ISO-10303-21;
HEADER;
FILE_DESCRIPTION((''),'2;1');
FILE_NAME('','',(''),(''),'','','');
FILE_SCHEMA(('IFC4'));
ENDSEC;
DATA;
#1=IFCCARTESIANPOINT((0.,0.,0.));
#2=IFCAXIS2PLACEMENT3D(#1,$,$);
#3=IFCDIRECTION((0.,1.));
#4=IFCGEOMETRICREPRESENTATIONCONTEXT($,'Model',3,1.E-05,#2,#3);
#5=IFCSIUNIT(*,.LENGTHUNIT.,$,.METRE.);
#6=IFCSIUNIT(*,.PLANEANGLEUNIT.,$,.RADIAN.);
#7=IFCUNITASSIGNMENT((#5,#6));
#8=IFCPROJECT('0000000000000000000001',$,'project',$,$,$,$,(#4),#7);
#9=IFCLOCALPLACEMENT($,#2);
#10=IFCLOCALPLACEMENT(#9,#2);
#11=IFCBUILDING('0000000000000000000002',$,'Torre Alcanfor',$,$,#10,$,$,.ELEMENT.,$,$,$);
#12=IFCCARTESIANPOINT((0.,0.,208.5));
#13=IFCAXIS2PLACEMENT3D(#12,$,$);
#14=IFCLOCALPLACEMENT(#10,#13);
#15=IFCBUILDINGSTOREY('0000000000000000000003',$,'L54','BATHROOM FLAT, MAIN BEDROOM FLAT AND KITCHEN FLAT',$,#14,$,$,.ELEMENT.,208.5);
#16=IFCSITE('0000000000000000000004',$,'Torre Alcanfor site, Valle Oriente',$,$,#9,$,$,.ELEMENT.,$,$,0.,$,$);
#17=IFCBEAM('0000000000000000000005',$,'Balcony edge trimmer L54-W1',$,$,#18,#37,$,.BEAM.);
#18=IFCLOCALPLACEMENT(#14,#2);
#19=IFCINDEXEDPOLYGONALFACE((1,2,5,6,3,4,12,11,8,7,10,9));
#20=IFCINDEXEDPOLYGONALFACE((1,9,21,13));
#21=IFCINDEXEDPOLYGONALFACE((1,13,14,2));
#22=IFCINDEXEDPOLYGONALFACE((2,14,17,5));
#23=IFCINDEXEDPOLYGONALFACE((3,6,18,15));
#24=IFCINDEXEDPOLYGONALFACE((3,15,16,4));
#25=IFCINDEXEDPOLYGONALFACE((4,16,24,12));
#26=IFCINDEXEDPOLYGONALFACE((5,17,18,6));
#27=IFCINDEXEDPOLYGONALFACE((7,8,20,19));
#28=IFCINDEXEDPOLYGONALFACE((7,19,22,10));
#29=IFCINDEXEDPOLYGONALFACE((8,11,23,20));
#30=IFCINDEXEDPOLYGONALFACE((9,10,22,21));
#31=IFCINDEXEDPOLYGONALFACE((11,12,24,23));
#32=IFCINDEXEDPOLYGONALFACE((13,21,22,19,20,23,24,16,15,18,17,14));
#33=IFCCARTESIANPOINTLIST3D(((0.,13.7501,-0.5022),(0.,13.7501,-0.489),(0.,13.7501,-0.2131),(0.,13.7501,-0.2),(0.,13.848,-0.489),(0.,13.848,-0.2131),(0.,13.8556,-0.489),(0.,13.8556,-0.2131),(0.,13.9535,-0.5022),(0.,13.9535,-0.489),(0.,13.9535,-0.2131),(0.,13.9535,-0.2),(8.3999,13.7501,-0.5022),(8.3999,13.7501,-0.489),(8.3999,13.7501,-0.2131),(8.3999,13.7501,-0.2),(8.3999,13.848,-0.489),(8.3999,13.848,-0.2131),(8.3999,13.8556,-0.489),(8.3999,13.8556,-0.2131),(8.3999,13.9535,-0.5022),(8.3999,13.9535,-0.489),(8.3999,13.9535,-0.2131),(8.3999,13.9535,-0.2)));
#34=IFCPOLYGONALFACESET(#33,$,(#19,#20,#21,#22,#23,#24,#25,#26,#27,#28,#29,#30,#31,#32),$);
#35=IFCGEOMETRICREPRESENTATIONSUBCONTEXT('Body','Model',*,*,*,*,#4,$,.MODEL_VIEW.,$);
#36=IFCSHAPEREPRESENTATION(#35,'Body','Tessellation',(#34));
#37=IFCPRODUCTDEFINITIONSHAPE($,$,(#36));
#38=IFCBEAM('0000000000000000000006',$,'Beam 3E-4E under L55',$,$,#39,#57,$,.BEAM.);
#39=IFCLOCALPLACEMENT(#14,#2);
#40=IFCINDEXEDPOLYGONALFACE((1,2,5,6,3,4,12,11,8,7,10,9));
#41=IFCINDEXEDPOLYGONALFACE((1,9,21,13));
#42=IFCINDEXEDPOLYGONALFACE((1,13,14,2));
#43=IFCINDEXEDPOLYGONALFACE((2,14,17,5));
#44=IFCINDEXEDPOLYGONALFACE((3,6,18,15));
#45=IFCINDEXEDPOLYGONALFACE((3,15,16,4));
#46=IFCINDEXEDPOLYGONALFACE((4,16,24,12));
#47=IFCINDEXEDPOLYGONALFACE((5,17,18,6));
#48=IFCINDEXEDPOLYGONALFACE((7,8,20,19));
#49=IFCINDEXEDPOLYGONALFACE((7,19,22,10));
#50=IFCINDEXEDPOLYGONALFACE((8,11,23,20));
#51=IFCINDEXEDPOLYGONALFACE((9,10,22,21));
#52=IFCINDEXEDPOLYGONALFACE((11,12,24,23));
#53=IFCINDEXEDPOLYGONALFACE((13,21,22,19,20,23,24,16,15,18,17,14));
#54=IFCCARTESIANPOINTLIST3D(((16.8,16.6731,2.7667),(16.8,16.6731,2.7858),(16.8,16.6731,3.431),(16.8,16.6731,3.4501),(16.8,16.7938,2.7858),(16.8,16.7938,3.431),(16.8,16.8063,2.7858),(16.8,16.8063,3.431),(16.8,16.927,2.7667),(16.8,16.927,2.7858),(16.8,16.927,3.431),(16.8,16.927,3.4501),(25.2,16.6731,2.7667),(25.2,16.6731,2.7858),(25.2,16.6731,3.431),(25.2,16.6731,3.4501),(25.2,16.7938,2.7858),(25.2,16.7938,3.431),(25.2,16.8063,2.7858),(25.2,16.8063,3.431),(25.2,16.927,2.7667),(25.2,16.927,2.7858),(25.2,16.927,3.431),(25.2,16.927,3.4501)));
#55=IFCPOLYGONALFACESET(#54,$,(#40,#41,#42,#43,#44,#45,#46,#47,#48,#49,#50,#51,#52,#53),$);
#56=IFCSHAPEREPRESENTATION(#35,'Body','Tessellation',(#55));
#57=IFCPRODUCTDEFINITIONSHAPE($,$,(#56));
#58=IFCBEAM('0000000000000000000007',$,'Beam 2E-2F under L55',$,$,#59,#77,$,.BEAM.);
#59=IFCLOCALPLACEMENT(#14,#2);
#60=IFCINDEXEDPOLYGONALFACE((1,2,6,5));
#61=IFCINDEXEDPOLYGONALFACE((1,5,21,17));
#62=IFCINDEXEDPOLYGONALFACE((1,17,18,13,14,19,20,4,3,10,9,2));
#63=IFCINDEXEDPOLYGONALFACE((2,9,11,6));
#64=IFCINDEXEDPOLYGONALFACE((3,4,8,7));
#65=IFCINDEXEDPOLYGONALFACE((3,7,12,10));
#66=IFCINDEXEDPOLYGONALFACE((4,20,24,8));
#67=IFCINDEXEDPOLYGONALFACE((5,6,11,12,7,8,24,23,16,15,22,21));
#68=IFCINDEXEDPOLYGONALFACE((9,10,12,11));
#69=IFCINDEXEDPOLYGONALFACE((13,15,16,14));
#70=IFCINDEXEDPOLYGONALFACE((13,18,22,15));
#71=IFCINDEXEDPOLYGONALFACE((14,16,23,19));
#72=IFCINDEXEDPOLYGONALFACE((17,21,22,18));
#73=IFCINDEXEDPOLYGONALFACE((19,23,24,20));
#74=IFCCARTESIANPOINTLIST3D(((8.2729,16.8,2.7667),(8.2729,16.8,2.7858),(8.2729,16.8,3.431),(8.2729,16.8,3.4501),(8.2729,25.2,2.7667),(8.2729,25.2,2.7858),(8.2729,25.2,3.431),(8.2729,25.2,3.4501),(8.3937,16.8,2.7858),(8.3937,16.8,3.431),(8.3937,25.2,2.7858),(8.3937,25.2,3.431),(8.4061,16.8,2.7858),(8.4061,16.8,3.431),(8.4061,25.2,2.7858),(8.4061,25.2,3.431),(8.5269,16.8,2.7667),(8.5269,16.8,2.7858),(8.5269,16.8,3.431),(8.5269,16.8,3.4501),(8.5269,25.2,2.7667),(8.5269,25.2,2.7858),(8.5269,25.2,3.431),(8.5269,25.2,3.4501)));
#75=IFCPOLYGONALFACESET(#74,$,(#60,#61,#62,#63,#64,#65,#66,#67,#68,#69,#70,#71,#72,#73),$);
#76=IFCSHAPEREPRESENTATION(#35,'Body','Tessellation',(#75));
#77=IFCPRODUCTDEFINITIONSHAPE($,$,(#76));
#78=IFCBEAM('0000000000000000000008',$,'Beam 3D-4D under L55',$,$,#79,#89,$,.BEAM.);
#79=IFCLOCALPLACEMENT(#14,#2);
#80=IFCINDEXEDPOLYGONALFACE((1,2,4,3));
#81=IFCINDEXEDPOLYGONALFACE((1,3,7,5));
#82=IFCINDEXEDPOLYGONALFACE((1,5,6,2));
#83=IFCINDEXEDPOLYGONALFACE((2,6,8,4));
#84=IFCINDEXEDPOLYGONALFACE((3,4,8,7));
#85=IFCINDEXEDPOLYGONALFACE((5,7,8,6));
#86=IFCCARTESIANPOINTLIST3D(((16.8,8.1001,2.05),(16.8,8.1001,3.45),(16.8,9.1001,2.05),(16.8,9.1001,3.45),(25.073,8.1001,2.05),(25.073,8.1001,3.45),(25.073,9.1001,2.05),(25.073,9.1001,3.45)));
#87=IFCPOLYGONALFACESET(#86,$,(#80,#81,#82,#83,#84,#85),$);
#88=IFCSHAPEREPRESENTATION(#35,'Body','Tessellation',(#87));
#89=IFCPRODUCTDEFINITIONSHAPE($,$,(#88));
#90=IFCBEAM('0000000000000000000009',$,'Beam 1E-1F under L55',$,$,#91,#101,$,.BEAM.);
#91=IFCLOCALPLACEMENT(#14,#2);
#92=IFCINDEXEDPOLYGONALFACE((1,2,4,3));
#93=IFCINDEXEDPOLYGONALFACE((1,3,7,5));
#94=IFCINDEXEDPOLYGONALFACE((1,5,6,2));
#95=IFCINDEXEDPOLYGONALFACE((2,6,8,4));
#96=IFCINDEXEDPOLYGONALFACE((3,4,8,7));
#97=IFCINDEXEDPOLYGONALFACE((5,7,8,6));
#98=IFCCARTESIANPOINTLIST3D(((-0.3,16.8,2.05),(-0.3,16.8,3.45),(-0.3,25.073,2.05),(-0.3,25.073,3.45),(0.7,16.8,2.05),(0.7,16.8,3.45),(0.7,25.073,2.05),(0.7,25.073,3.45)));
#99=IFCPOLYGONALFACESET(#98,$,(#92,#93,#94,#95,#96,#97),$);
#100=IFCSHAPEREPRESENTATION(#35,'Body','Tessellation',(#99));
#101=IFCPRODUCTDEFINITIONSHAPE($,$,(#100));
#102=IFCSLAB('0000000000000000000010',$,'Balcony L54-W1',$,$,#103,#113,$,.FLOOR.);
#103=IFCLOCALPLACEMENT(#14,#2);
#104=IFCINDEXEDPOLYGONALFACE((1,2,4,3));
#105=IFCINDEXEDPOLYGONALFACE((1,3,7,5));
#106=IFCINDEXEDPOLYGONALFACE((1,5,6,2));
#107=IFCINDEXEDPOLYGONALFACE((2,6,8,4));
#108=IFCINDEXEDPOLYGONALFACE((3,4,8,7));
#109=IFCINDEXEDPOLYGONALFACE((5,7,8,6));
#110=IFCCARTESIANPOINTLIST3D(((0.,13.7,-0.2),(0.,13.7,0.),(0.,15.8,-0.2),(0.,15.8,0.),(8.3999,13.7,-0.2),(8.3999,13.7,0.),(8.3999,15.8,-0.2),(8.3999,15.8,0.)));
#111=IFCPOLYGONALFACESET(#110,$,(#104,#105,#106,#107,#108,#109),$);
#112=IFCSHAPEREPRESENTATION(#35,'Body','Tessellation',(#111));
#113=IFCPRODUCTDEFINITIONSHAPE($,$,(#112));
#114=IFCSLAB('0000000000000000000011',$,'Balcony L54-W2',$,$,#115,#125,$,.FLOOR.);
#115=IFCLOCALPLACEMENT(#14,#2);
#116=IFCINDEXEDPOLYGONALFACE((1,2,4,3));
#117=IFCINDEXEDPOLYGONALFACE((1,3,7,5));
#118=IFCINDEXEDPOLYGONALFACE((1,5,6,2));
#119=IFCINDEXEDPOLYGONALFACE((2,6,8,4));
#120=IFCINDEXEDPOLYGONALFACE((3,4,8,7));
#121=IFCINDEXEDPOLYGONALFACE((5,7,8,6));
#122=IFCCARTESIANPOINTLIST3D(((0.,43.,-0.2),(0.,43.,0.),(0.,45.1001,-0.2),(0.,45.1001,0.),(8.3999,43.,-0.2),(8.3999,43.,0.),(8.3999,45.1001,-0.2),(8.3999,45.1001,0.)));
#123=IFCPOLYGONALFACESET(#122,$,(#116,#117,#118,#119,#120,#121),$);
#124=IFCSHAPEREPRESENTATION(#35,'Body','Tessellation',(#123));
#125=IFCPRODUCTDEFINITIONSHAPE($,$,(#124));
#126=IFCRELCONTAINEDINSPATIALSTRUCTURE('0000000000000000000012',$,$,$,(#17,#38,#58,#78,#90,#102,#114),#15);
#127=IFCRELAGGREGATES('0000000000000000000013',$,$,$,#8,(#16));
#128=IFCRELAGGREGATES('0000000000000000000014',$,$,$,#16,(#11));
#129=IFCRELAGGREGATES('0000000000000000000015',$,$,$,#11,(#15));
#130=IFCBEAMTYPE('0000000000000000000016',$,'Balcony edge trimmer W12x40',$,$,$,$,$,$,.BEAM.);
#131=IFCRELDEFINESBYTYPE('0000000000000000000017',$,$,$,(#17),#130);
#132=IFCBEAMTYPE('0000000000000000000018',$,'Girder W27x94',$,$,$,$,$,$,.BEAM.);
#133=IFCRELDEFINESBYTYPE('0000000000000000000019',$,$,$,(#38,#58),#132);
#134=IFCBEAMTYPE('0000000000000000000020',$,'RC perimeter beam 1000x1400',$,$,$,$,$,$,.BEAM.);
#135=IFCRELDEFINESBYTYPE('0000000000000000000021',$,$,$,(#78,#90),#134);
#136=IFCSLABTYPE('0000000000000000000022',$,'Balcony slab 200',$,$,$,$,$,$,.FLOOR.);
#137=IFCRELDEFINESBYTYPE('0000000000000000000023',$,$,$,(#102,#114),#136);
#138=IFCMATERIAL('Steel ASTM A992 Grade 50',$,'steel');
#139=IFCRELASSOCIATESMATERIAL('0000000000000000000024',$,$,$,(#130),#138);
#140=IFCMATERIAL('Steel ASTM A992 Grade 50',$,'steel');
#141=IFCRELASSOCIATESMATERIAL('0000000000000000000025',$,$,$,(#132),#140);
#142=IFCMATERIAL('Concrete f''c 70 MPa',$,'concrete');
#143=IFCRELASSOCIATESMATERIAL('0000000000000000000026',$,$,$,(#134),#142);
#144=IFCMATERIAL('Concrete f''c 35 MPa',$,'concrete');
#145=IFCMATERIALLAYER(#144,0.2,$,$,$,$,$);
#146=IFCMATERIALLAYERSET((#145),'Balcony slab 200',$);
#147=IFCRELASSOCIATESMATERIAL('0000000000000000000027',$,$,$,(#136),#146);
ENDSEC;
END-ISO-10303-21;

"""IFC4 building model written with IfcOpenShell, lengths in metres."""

from ifc_helpers import new_model, si_unit, direction, frame, origin, origin_2d, place, context, subcontext, project, spatial, polyline, rectangle, i_section, outline, extrude, material, layer, layer_set, material_profile, profile_set, type_object, element, save


model = new_model("IFC4")

# Units and contexts
model_context = context("Model", 3, precision=1e-05, world=origin(), true_north=direction((0.0, 1.0)))
body_context = subcontext(model_context, "Body", "Model", "MODEL_VIEW")
ifc_project = project(units=[si_unit("LENGTHUNIT", "METRE"), si_unit("PLANEANGLEUNIT", "RADIAN")], contexts=[model_context])

# Site, building, storey
site_placement = place(None, origin())
site = spatial("IfcSite", under=ifc_project, at=site_placement, Name="Torre Alcanfor site, Valle Oriente", CompositionType="ELEMENT", RefElevation=0.0)
building_placement = place(site_placement, origin())
building = spatial("IfcBuilding", under=site, at=building_placement, Name="Torre Alcanfor", CompositionType="ELEMENT")
storey_placement = place(building_placement, frame((0.0, 0.0, 208.5)))
storey = spatial("IfcBuildingStorey", under=building, at=storey_placement, Name="L54", Description="BATHROOM FLAT, MAIN BEDROOM FLAT AND KITCHEN FLAT", CompositionType="ELEMENT", Elevation=208.5)

# Beams
ifc_material_1 = material(Name="Steel ASTM A992 Grade 50", Category="steel")
ifc_material_profile_1 = material_profile(ifc_material_1, i_section(OverallWidth=0.2034, OverallDepth=0.3022, WebThickness=0.0076, FlangeThickness=0.0132, at=origin_2d()), Name="W12x40")
ifc_profile_set_1 = profile_set([ifc_material_profile_1], Name="Steel ASTM A992 Grade 50")
beam_type_1 = type_object("IfcBeamType", Name="Balcony edge trimmer W12x40", PredefinedType="BEAM", material=ifc_profile_set_1)
beam_placement = place(storey_placement, frame((8.3999, 13.8518, -0.3511), z_axis=(-1.0, 0.0, 0.0), x_axis=(0.0, -1.0, 0.0)))
element("IfcBeam", 1, at=beam_placement, inside=storey, type_object=beam_type_1, Name="Balcony edge trimmer L54-W1", PredefinedType="BEAM", context=body_context, shape_type="SweptSolid", body=[
    extrude(i_section(OverallWidth=0.2034, OverallDepth=0.3022, WebThickness=0.0076, FlangeThickness=0.0132, at=origin_2d()), origin(), (0.0, 0.0, 1.0), 8.3999),
])
ifc_material_2 = material(Name="Steel ASTM A992 Grade 50", Category="steel")
ifc_material_profile_2 = material_profile(ifc_material_2, i_section(OverallWidth=0.2539, OverallDepth=0.6833, WebThickness=0.0125, FlangeThickness=0.019, at=origin_2d()), Name="W27x94")
ifc_profile_set_2 = profile_set([ifc_material_profile_2], Name="Steel ASTM A992 Grade 50")
beam_type_2 = type_object("IfcBeamType", Name="Girder W27x94", PredefinedType="BEAM", material=ifc_profile_set_2)
for number, where, z_axis, x_axis, name in (
    (2, (16.8, 16.8, 3.1084), (1.0, 0.0, 0.0), (0.0, 1.0, 0.0), "Beam 3E-4E under L55"),
    (3, (8.3999, 16.8, 3.1084), (0.0, 1.0, 0.0), (-1.0, 0.0, 0.0), "Beam 2E-2F under L55"),
):
    element("IfcBeam", number, at=place(storey_placement, frame(where, z_axis=z_axis, x_axis=x_axis)), inside=storey, type_object=beam_type_2, Name=name, PredefinedType="BEAM", context=body_context, shape_type="SweptSolid", body=[
        extrude(i_section(OverallWidth=0.2539, OverallDepth=0.6833, WebThickness=0.0125, FlangeThickness=0.019, at=origin_2d()), origin(), (0.0, 0.0, 1.0), 8.3999),
    ])
ifc_material_3 = material(Name="Concrete f'c 70 MPa", Category="concrete")
ifc_material_profile_3 = material_profile(ifc_material_3, rectangle(XDim=1.0, YDim=1.3999, at=origin_2d()), Name="1000x1400")
ifc_profile_set_3 = profile_set([ifc_material_profile_3], Name="Concrete f'c 70 MPa")
beam_type_3 = type_object("IfcBeamType", Name="RC perimeter beam 1000x1400", PredefinedType="BEAM", material=ifc_profile_set_3)
for number, where, z_axis, x_axis, name in (
    (4, (16.8, 8.6001, 2.75), (1.0, 0.0, 0.0), (0.0, 1.0, 0.0), "Beam 3D-4D under L55"),
    (5, (0.2, 16.8, 2.75), (0.0, 1.0, 0.0), (-1.0, 0.0, 0.0), "Beam 1E-1F under L55"),
):
    element("IfcBeam", number, at=place(storey_placement, frame(where, z_axis=z_axis, x_axis=x_axis)), inside=storey, type_object=beam_type_3, Name=name, PredefinedType="BEAM", context=body_context, shape_type="SweptSolid", body=[
        extrude(rectangle(XDim=1.0, YDim=1.3999, at=origin_2d()), origin(), (0.0, 0.0, 1.0), 8.2729),
    ])

# Slabs
ifc_material_4 = material(Name="Concrete f'c 35 MPa", Category="concrete")
ifc_layer_1 = layer(ifc_material_4, 0.2)
ifc_layer_set_1 = layer_set([ifc_layer_1], Name="Balcony slab 200")
slab_type_1 = type_object("IfcSlabType", Name="Balcony slab 200", PredefinedType="FLOOR", material=ifc_layer_set_1)
slab_1_placement = place(storey_placement, frame((0.0, 0.0, -0.2)))
element("IfcSlab", 6, at=slab_1_placement, inside=storey, type_object=slab_type_1, Name="Balcony L54-W1", PredefinedType="FLOOR", context=body_context, shape_type="SweptSolid", body=[
    extrude(outline(polyline([(8.3999, 15.8), (0.0, 15.8), (0.0, 13.7), (8.3999, 13.7), (8.3999, 15.8)])), origin(), (0.0, 0.0, 1.0), 0.2),
])
slab_2_placement = place(storey_placement, frame((0.0, 0.0, -0.2)))
element("IfcSlab", 7, at=slab_2_placement, inside=storey, type_object=slab_type_1, Name="Balcony L54-W2", PredefinedType="FLOOR", context=body_context, shape_type="SweptSolid", body=[
    extrude(outline(polyline([(8.3999, 45.1001), (0.0, 45.1001), (0.0, 43.0), (8.3999, 43.0), (8.3999, 45.1001)])), origin(), (0.0, 0.0, 1.0), 0.2),
])

save(model, "model.ifc")
